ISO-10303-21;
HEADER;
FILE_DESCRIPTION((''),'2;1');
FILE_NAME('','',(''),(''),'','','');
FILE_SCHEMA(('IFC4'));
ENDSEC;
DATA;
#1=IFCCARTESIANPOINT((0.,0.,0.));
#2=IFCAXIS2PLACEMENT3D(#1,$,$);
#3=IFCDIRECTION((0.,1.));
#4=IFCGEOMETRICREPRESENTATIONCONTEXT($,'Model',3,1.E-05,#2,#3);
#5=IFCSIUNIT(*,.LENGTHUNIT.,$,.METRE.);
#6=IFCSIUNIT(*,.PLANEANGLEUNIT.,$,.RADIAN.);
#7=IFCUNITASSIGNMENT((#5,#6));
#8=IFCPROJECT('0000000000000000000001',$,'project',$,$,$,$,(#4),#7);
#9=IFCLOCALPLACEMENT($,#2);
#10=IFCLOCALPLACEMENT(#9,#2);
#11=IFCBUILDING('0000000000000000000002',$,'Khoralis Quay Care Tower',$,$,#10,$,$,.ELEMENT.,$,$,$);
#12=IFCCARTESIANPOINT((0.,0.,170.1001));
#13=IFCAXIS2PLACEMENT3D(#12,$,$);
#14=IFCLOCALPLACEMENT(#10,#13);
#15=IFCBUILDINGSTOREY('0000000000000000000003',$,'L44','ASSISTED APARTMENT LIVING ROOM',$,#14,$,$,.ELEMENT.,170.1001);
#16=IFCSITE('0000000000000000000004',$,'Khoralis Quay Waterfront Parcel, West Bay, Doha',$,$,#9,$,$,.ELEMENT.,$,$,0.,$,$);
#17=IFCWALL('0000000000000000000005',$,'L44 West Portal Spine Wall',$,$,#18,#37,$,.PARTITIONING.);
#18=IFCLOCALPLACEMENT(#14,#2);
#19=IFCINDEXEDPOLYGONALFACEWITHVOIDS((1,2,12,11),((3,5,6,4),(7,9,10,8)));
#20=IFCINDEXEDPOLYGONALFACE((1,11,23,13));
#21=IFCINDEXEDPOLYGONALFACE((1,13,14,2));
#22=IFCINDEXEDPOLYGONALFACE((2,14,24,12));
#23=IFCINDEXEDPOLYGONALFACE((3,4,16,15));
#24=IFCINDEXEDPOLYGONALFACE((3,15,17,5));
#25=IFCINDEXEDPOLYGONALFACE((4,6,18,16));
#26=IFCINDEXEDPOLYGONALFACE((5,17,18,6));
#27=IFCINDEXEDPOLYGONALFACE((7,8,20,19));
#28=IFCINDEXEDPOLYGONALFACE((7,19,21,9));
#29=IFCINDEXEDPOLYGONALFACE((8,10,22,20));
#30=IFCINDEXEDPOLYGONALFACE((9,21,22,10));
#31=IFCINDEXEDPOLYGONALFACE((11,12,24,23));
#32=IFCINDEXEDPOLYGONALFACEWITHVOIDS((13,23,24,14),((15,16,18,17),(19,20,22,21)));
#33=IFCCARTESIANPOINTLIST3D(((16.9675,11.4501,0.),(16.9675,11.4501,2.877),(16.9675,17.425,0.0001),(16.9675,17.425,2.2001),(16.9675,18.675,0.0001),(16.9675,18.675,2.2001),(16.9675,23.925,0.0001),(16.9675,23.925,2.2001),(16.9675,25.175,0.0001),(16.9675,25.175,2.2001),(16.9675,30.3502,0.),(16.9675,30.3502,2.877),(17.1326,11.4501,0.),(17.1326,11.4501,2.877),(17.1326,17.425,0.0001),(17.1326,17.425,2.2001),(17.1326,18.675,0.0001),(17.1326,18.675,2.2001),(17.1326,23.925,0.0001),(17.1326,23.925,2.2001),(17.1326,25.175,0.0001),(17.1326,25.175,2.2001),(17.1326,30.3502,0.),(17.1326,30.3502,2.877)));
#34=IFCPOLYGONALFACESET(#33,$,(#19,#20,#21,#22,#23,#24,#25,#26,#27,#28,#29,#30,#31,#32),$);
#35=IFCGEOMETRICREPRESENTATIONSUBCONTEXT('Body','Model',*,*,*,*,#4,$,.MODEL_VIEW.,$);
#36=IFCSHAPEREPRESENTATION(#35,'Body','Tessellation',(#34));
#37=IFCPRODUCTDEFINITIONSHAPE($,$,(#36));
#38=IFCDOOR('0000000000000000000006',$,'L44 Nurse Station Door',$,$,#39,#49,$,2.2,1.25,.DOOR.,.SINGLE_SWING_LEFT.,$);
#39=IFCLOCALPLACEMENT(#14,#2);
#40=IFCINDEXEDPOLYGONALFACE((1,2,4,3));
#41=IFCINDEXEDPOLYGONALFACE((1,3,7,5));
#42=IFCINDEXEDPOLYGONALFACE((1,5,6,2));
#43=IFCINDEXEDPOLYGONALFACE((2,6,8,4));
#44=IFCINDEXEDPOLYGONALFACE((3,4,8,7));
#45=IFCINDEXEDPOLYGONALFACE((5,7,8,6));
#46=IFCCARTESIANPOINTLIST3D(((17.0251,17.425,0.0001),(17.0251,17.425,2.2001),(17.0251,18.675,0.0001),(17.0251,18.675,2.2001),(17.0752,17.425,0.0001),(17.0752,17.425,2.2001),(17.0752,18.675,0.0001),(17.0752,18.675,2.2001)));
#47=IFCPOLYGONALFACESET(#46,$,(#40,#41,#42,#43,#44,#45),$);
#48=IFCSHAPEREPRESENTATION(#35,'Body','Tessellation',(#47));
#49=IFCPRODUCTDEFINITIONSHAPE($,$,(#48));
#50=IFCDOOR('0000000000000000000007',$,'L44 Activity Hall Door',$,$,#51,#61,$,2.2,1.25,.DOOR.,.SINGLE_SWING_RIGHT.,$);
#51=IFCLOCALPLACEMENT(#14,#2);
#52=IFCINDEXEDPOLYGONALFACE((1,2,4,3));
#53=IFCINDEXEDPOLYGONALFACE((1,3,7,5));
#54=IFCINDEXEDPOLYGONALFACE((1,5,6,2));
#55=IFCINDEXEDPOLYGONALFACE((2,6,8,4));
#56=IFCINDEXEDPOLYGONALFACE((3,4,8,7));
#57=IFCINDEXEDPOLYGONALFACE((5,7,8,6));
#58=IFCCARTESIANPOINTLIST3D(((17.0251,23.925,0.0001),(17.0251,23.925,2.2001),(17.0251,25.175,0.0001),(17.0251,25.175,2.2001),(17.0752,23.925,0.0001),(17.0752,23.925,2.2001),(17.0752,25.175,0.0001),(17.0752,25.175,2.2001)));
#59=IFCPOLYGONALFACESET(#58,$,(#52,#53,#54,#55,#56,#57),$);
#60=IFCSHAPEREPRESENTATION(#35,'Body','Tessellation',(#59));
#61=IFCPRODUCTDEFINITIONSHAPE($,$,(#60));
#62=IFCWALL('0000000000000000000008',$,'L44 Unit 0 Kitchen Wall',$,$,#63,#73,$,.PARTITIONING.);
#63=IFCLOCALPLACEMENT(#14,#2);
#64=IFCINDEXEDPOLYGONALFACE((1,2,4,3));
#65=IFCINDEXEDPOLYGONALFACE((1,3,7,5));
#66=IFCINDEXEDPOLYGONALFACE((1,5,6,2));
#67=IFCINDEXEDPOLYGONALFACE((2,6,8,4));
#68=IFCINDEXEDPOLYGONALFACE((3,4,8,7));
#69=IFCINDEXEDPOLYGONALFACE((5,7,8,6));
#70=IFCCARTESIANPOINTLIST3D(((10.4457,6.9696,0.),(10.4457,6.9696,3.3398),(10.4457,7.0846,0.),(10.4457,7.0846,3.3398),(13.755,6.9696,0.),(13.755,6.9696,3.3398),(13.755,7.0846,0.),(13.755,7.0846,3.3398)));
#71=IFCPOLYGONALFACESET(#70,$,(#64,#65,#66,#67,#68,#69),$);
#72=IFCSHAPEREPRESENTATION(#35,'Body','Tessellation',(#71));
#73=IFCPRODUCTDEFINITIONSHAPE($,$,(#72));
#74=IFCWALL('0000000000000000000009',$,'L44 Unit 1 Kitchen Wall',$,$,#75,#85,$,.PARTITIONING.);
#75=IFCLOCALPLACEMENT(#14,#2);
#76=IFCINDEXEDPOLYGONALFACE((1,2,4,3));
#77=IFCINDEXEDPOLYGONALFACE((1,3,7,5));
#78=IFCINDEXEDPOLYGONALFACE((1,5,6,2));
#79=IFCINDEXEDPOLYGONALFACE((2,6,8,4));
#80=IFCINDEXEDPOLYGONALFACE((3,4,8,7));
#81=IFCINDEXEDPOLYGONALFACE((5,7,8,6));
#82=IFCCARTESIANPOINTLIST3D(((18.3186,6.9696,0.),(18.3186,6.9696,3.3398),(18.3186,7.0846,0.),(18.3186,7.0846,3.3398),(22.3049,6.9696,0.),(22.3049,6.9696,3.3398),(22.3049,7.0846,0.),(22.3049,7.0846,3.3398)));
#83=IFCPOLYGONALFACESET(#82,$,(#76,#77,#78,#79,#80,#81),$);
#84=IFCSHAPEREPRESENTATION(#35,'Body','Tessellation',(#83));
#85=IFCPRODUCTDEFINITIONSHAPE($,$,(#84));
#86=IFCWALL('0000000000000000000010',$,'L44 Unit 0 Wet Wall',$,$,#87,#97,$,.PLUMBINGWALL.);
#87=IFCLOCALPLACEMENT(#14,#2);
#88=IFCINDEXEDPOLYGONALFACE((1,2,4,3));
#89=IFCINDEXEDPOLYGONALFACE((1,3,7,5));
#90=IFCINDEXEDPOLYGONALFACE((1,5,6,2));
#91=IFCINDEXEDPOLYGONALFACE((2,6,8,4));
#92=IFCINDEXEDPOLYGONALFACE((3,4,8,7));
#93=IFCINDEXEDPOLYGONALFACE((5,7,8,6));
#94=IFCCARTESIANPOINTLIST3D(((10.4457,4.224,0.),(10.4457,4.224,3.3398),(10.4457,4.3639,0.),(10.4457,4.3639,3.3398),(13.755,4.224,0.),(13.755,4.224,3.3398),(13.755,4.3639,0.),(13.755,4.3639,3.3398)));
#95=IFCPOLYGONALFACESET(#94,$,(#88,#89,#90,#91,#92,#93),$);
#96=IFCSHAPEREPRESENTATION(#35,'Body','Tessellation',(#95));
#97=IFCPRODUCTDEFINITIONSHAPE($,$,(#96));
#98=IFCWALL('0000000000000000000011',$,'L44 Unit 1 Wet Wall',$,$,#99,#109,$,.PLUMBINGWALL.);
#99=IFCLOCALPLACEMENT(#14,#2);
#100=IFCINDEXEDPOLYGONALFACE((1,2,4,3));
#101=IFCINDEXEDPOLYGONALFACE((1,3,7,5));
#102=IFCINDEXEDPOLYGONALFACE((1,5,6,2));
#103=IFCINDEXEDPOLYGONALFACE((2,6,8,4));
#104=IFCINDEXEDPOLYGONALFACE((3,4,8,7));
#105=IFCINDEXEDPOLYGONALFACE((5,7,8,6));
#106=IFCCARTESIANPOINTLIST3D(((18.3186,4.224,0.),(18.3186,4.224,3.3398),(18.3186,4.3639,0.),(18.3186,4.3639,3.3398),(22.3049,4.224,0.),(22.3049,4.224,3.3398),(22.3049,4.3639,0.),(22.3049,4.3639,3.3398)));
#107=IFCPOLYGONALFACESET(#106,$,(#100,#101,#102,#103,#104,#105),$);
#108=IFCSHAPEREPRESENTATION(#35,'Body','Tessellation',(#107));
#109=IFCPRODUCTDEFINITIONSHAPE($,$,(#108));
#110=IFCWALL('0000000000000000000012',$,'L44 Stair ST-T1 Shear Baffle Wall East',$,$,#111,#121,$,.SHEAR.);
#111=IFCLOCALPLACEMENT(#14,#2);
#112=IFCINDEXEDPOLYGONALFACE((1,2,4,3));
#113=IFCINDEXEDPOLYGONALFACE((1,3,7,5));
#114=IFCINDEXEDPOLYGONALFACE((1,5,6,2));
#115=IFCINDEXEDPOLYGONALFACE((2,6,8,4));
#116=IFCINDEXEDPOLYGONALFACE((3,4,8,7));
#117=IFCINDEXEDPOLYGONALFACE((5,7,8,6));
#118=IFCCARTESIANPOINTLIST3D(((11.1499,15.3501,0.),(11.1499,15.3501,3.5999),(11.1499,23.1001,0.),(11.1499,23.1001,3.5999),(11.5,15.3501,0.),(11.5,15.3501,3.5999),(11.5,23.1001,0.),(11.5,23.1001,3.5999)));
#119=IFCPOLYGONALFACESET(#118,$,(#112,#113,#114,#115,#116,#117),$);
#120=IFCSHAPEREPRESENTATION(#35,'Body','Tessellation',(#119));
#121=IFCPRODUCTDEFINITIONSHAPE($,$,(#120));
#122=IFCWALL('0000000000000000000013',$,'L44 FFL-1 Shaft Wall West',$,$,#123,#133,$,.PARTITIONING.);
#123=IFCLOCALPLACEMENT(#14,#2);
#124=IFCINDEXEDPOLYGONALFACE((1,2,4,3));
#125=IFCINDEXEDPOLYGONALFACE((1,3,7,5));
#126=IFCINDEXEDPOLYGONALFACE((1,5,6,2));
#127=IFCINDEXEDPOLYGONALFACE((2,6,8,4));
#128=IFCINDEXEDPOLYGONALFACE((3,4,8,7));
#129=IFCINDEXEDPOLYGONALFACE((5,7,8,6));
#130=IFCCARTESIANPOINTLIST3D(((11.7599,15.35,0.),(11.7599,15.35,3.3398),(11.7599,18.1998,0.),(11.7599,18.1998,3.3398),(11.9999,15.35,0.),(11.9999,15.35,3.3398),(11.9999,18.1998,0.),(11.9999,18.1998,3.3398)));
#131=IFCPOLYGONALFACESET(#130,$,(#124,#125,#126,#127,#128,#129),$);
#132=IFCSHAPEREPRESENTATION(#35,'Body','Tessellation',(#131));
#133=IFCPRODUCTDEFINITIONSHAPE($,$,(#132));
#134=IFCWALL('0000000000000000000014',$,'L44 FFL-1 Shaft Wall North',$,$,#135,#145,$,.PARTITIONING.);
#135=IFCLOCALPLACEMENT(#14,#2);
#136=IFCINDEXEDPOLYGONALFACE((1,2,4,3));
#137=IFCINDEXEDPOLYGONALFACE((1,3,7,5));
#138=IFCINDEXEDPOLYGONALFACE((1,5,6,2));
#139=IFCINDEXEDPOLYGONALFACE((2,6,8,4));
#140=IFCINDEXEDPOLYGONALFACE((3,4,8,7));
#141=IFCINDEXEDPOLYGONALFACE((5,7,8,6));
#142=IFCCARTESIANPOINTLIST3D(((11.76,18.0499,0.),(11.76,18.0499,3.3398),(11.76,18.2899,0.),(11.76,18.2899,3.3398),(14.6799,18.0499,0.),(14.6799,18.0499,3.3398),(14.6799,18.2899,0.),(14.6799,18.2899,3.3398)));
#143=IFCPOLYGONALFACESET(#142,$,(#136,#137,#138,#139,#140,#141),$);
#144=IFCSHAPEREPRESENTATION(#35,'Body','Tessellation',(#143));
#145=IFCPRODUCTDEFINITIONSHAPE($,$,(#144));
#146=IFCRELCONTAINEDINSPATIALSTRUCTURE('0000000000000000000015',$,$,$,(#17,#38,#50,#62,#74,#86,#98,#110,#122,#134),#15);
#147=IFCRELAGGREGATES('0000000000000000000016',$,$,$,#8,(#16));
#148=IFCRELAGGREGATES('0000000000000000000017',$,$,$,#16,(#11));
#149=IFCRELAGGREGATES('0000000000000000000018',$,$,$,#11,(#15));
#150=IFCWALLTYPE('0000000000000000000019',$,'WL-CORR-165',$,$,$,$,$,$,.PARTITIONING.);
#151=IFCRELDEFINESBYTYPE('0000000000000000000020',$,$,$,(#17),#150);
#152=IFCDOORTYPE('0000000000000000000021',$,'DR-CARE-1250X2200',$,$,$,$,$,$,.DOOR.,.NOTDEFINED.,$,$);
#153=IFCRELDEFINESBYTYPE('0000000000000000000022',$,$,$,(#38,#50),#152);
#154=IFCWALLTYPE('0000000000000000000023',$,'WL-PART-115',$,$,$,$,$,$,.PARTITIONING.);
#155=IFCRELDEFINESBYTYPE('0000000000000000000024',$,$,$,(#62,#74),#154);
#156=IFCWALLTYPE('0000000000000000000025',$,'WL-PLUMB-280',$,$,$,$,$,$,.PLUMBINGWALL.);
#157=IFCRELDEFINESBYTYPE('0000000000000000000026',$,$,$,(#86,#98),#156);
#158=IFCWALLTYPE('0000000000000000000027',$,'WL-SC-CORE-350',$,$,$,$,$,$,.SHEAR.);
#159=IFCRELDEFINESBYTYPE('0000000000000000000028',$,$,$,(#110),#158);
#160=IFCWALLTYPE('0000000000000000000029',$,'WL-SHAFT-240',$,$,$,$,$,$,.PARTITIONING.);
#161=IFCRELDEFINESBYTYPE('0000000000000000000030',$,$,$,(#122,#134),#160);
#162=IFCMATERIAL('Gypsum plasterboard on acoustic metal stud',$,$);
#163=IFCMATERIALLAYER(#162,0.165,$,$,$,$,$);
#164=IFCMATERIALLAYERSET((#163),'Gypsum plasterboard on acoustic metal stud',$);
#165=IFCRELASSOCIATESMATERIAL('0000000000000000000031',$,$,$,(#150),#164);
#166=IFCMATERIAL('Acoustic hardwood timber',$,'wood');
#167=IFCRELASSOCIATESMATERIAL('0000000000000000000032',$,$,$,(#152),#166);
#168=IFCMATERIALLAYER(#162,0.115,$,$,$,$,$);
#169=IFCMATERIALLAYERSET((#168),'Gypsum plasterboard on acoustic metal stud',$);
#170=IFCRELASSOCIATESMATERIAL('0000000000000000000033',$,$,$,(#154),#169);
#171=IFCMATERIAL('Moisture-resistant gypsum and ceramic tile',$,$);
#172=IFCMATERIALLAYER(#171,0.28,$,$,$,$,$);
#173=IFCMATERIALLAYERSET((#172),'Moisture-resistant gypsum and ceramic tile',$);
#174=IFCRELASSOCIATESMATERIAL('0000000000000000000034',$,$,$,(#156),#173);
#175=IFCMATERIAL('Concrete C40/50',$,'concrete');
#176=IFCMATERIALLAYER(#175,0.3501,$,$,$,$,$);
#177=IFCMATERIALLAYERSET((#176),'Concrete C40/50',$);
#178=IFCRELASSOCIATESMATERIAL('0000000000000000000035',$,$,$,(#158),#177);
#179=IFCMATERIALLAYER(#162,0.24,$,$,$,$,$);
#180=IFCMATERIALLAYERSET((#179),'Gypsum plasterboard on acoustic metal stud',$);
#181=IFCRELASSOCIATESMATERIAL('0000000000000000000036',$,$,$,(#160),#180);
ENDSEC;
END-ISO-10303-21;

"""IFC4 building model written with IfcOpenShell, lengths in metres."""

from ifc_helpers import new_model, si_unit, direction, frame, frame_2d, origin, place, context, subcontext, project, spatial, rectangle, extrude, source, transform, mapped, material, layer, layer_set, type_object, element, fill, save


model = new_model("IFC4")

# Units and contexts
model_context = context("Model", 3, precision=1e-05, world=origin(), true_north=direction((0.0, 1.0)))
body_context = subcontext(model_context, "Body", "Model", "MODEL_VIEW")
ifc_project = project(units=[si_unit("LENGTHUNIT", "METRE"), si_unit("PLANEANGLEUNIT", "RADIAN")], contexts=[model_context])

# Site, building, storey
site_placement = place(None, origin())
site = spatial("IfcSite", under=ifc_project, at=site_placement, Name="Khoralis Quay Waterfront Parcel, West Bay, Doha", CompositionType="ELEMENT", RefElevation=0.0)
building_placement = place(site_placement, origin())
building = spatial("IfcBuilding", under=site, at=building_placement, Name="Khoralis Quay Care Tower", CompositionType="ELEMENT")
storey_placement = place(building_placement, frame((0.0, 0.0, 170.1001)))
storey = spatial("IfcBuildingStorey", under=building, at=storey_placement, Name="L44", Description="ASSISTED APARTMENT LIVING ROOM", CompositionType="ELEMENT", Elevation=170.1001)

# Shared definitions
ifc_material_1 = material(Name="Gypsum plasterboard on acoustic metal stud")

# Wall, openings, doors
ifc_layer_1 = layer(ifc_material_1, 0.165)
ifc_layer_set_1 = layer_set([ifc_layer_1], Name="Gypsum plasterboard on acoustic metal stud")
wall_type_1 = type_object("IfcWallType", Name="WL-CORR-165", PredefinedType="PARTITIONING", material=ifc_layer_set_1)
wall_1_placement = place(storey_placement, frame((17.05, 11.45, 0.0), z_axis=(0.0, 0.0, 1.0), x_axis=(0.0, 1.0, 0.0)))
wall_1 = element("IfcWall", 1, at=wall_1_placement, inside=storey, type_object=wall_type_1, Name="L44 West Portal Spine Wall", PredefinedType="PARTITIONING", context=body_context, shape_type="SweptSolid", body=[
    extrude(rectangle(XDim=18.9001, YDim=0.165, at=frame_2d((9.4502, 0.0))), origin(), (0.0, 0.0, 1.0), 2.877),
])
opening_1_placement = place(wall_1_placement, frame((5.9751, 0.0, 0.0)))
opening_1 = element("IfcOpeningElement", 2, at=opening_1_placement, cuts=wall_1, PredefinedType="OPENING", context=body_context, shape_type="SweptSolid", body=[
    extrude(rectangle(XDim=1.25, YDim=2.2, at=frame_2d((0.625, 1.1001))), frame((0.0, 0.0925, 0.0), z_axis=(0.0, -1.0, 0.0), x_axis=(1.0, 0.0, 0.0)), (0.0, 0.0, 1.0), 0.1851),
])
opening_2_placement = place(wall_1_placement, frame((12.4751, 0.0, 0.0)))
opening_2 = element("IfcOpeningElement", 3, at=opening_2_placement, cuts=wall_1, PredefinedType="OPENING", context=body_context, shape_type="SweptSolid", body=[
    extrude(rectangle(XDim=1.25, YDim=2.2, at=frame_2d((0.625, 1.1001))), frame((0.0, 0.0925, 0.0), z_axis=(0.0, -1.0, 0.0), x_axis=(1.0, 0.0, 0.0)), (0.0, 0.0, 1.0), 0.1851),
])
ifc_material_2 = material(Name="Acoustic hardwood timber", Category="wood")
door_type_1 = type_object("IfcDoorType", Name="DR-CARE-1250X2200", OperationType="NOTDEFINED", PredefinedType="DOOR", material=ifc_material_2)
shared_shape_1 = source(origin(), body_context, "Body", "SweptSolid", [
    extrude(rectangle(XDim=1.25, YDim=2.2, at=frame_2d((0.625, 1.1001))), frame((0.0, 0.0249, 0.0), z_axis=(0.0, -1.0, 0.0), x_axis=(1.0, 0.0, 0.0)), (0.0, 0.0, 1.0), 0.05),
])
door_1_placement = place(opening_1_placement, origin())
door_1 = element("IfcDoor", 4, at=door_1_placement, inside=storey, type_object=door_type_1, Name="L44 Nurse Station Door", OperationType="SINGLE_SWING_LEFT", OverallHeight=2.2, OverallWidth=1.25, PredefinedType="DOOR", context=body_context, shape_type="MappedRepresentation", body=[
    mapped(shared_shape_1, transform((0.0, 0.0, 0.0), scale=1.0)),
])
fill(opening_1, door_1)
door_2_placement = place(opening_2_placement, origin())
door_2 = element("IfcDoor", 5, at=door_2_placement, inside=storey, type_object=door_type_1, Name="L44 Activity Hall Door", OperationType="SINGLE_SWING_RIGHT", OverallHeight=2.2, OverallWidth=1.25, PredefinedType="DOOR", context=body_context, shape_type="MappedRepresentation", body=[
    mapped(shared_shape_1, transform((0.0, 0.0, 0.0), scale=1.0)),
])
fill(opening_2, door_2)

# Walls
ifc_layer_2 = layer(ifc_material_1, 0.115)
ifc_layer_set_2 = layer_set([ifc_layer_2], Name="Gypsum plasterboard on acoustic metal stud")
wall_type_2 = type_object("IfcWallType", Name="WL-PART-115", PredefinedType="PARTITIONING", material=ifc_layer_set_2)
wall_2_placement = place(storey_placement, frame((10.4456, 7.0271, 0.0), z_axis=(0.0, 0.0, 1.0), x_axis=(1.0, 0.0, 0.0)))
element("IfcWall", 6, at=wall_2_placement, inside=storey, type_object=wall_type_2, Name="L44 Unit 0 Kitchen Wall", PredefinedType="PARTITIONING", context=body_context, shape_type="SweptSolid", body=[
    extrude(rectangle(XDim=3.3093, YDim=0.115, at=frame_2d((1.6548, 0.0))), origin(), (0.0, 0.0, 1.0), 3.3398),
])
wall_3_placement = place(storey_placement, frame((18.3186, 7.0271, 0.0), z_axis=(0.0, 0.0, 1.0), x_axis=(1.0, 0.0, 0.0)))
element("IfcWall", 7, at=wall_3_placement, inside=storey, type_object=wall_type_2, Name="L44 Unit 1 Kitchen Wall", PredefinedType="PARTITIONING", context=body_context, shape_type="SweptSolid", body=[
    extrude(rectangle(XDim=3.9863, YDim=0.115, at=frame_2d((1.9932, 0.0))), origin(), (0.0, 0.0, 1.0), 3.3398),
])
ifc_material_3 = material(Name="Moisture-resistant gypsum and ceramic tile")
ifc_layer_3 = layer(ifc_material_3, 0.28)
ifc_layer_set_3 = layer_set([ifc_layer_3], Name="Moisture-resistant gypsum and ceramic tile")
wall_type_3 = type_object("IfcWallType", Name="WL-PLUMB-280", PredefinedType="PLUMBINGWALL", material=ifc_layer_set_3)
wall_4_placement = place(storey_placement, frame((10.4456, 4.2939, 0.0), z_axis=(0.0, 0.0, 1.0), x_axis=(1.0, 0.0, 0.0)))
element("IfcWall", 8, at=wall_4_placement, inside=storey, type_object=wall_type_3, Name="L44 Unit 0 Wet Wall", PredefinedType="PLUMBINGWALL", context=body_context, shape_type="SweptSolid", body=[
    extrude(rectangle(XDim=3.3093, YDim=0.1399, at=frame_2d((1.6548, 0.0))), origin(), (0.0, 0.0, 1.0), 3.3398),
])
wall_5_placement = place(storey_placement, frame((18.3186, 4.2939, 0.0), z_axis=(0.0, 0.0, 1.0), x_axis=(1.0, 0.0, 0.0)))
element("IfcWall", 9, at=wall_5_placement, inside=storey, type_object=wall_type_3, Name="L44 Unit 1 Wet Wall", PredefinedType="PLUMBINGWALL", context=body_context, shape_type="SweptSolid", body=[
    extrude(rectangle(XDim=3.9863, YDim=0.1399, at=frame_2d((1.9932, 0.0))), origin(), (0.0, 0.0, 1.0), 3.3398),
])
ifc_material_4 = material(Name="Concrete C40/50", Category="concrete")
ifc_layer_4 = layer(ifc_material_4, 0.3501)
ifc_layer_set_4 = layer_set([ifc_layer_4], Name="Concrete C40/50")
wall_type_4 = type_object("IfcWallType", Name="WL-SC-CORE-350", PredefinedType="SHEAR", material=ifc_layer_set_4)
wall_6_placement = place(storey_placement, frame((11.325, 15.3501, 0.0), z_axis=(0.0, 0.0, 1.0), x_axis=(0.0, 1.0, 0.0)))
element("IfcWall", 10, at=wall_6_placement, inside=storey, type_object=wall_type_4, Name="L44 Stair ST-T1 Shear Baffle Wall East", PredefinedType="SHEAR", context=body_context, shape_type="SweptSolid", body=[
    extrude(rectangle(XDim=7.75, YDim=0.3501, at=frame_2d((3.875, 0.0))), origin(), (0.0, 0.0, 1.0), 3.5999),
])
ifc_layer_5 = layer(ifc_material_1, 0.24)
ifc_layer_set_5 = layer_set([ifc_layer_5], Name="Gypsum plasterboard on acoustic metal stud")
wall_type_5 = type_object("IfcWallType", Name="WL-SHAFT-240", PredefinedType="PARTITIONING", material=ifc_layer_set_5)
wall_7_placement = place(storey_placement, frame((11.8799, 15.3501, 0.0), z_axis=(0.0, 0.0, 1.0), x_axis=(0.0, 1.0, 0.0)))
element("IfcWall", 11, at=wall_7_placement, inside=storey, type_object=wall_type_5, Name="L44 FFL-1 Shaft Wall West", PredefinedType="PARTITIONING", context=body_context, shape_type="SweptSolid", body=[
    extrude(rectangle(XDim=2.8499, YDim=0.24, at=frame_2d((1.4248, 0.0))), origin(), (0.0, 0.0, 1.0), 3.3398),
])
wall_8_placement = place(storey_placement, frame((11.76, 18.1699, 0.0), z_axis=(0.0, 0.0, 1.0), x_axis=(1.0, 0.0, 0.0)))
element("IfcWall", 12, at=wall_8_placement, inside=storey, type_object=wall_type_5, Name="L44 FFL-1 Shaft Wall North", PredefinedType="PARTITIONING", context=body_context, shape_type="SweptSolid", body=[
    extrude(rectangle(XDim=2.9199, YDim=0.24, at=frame_2d((1.46, 0.0))), origin(), (0.0, 0.0, 1.0), 3.3398),
])

save(model, "model.ifc")
